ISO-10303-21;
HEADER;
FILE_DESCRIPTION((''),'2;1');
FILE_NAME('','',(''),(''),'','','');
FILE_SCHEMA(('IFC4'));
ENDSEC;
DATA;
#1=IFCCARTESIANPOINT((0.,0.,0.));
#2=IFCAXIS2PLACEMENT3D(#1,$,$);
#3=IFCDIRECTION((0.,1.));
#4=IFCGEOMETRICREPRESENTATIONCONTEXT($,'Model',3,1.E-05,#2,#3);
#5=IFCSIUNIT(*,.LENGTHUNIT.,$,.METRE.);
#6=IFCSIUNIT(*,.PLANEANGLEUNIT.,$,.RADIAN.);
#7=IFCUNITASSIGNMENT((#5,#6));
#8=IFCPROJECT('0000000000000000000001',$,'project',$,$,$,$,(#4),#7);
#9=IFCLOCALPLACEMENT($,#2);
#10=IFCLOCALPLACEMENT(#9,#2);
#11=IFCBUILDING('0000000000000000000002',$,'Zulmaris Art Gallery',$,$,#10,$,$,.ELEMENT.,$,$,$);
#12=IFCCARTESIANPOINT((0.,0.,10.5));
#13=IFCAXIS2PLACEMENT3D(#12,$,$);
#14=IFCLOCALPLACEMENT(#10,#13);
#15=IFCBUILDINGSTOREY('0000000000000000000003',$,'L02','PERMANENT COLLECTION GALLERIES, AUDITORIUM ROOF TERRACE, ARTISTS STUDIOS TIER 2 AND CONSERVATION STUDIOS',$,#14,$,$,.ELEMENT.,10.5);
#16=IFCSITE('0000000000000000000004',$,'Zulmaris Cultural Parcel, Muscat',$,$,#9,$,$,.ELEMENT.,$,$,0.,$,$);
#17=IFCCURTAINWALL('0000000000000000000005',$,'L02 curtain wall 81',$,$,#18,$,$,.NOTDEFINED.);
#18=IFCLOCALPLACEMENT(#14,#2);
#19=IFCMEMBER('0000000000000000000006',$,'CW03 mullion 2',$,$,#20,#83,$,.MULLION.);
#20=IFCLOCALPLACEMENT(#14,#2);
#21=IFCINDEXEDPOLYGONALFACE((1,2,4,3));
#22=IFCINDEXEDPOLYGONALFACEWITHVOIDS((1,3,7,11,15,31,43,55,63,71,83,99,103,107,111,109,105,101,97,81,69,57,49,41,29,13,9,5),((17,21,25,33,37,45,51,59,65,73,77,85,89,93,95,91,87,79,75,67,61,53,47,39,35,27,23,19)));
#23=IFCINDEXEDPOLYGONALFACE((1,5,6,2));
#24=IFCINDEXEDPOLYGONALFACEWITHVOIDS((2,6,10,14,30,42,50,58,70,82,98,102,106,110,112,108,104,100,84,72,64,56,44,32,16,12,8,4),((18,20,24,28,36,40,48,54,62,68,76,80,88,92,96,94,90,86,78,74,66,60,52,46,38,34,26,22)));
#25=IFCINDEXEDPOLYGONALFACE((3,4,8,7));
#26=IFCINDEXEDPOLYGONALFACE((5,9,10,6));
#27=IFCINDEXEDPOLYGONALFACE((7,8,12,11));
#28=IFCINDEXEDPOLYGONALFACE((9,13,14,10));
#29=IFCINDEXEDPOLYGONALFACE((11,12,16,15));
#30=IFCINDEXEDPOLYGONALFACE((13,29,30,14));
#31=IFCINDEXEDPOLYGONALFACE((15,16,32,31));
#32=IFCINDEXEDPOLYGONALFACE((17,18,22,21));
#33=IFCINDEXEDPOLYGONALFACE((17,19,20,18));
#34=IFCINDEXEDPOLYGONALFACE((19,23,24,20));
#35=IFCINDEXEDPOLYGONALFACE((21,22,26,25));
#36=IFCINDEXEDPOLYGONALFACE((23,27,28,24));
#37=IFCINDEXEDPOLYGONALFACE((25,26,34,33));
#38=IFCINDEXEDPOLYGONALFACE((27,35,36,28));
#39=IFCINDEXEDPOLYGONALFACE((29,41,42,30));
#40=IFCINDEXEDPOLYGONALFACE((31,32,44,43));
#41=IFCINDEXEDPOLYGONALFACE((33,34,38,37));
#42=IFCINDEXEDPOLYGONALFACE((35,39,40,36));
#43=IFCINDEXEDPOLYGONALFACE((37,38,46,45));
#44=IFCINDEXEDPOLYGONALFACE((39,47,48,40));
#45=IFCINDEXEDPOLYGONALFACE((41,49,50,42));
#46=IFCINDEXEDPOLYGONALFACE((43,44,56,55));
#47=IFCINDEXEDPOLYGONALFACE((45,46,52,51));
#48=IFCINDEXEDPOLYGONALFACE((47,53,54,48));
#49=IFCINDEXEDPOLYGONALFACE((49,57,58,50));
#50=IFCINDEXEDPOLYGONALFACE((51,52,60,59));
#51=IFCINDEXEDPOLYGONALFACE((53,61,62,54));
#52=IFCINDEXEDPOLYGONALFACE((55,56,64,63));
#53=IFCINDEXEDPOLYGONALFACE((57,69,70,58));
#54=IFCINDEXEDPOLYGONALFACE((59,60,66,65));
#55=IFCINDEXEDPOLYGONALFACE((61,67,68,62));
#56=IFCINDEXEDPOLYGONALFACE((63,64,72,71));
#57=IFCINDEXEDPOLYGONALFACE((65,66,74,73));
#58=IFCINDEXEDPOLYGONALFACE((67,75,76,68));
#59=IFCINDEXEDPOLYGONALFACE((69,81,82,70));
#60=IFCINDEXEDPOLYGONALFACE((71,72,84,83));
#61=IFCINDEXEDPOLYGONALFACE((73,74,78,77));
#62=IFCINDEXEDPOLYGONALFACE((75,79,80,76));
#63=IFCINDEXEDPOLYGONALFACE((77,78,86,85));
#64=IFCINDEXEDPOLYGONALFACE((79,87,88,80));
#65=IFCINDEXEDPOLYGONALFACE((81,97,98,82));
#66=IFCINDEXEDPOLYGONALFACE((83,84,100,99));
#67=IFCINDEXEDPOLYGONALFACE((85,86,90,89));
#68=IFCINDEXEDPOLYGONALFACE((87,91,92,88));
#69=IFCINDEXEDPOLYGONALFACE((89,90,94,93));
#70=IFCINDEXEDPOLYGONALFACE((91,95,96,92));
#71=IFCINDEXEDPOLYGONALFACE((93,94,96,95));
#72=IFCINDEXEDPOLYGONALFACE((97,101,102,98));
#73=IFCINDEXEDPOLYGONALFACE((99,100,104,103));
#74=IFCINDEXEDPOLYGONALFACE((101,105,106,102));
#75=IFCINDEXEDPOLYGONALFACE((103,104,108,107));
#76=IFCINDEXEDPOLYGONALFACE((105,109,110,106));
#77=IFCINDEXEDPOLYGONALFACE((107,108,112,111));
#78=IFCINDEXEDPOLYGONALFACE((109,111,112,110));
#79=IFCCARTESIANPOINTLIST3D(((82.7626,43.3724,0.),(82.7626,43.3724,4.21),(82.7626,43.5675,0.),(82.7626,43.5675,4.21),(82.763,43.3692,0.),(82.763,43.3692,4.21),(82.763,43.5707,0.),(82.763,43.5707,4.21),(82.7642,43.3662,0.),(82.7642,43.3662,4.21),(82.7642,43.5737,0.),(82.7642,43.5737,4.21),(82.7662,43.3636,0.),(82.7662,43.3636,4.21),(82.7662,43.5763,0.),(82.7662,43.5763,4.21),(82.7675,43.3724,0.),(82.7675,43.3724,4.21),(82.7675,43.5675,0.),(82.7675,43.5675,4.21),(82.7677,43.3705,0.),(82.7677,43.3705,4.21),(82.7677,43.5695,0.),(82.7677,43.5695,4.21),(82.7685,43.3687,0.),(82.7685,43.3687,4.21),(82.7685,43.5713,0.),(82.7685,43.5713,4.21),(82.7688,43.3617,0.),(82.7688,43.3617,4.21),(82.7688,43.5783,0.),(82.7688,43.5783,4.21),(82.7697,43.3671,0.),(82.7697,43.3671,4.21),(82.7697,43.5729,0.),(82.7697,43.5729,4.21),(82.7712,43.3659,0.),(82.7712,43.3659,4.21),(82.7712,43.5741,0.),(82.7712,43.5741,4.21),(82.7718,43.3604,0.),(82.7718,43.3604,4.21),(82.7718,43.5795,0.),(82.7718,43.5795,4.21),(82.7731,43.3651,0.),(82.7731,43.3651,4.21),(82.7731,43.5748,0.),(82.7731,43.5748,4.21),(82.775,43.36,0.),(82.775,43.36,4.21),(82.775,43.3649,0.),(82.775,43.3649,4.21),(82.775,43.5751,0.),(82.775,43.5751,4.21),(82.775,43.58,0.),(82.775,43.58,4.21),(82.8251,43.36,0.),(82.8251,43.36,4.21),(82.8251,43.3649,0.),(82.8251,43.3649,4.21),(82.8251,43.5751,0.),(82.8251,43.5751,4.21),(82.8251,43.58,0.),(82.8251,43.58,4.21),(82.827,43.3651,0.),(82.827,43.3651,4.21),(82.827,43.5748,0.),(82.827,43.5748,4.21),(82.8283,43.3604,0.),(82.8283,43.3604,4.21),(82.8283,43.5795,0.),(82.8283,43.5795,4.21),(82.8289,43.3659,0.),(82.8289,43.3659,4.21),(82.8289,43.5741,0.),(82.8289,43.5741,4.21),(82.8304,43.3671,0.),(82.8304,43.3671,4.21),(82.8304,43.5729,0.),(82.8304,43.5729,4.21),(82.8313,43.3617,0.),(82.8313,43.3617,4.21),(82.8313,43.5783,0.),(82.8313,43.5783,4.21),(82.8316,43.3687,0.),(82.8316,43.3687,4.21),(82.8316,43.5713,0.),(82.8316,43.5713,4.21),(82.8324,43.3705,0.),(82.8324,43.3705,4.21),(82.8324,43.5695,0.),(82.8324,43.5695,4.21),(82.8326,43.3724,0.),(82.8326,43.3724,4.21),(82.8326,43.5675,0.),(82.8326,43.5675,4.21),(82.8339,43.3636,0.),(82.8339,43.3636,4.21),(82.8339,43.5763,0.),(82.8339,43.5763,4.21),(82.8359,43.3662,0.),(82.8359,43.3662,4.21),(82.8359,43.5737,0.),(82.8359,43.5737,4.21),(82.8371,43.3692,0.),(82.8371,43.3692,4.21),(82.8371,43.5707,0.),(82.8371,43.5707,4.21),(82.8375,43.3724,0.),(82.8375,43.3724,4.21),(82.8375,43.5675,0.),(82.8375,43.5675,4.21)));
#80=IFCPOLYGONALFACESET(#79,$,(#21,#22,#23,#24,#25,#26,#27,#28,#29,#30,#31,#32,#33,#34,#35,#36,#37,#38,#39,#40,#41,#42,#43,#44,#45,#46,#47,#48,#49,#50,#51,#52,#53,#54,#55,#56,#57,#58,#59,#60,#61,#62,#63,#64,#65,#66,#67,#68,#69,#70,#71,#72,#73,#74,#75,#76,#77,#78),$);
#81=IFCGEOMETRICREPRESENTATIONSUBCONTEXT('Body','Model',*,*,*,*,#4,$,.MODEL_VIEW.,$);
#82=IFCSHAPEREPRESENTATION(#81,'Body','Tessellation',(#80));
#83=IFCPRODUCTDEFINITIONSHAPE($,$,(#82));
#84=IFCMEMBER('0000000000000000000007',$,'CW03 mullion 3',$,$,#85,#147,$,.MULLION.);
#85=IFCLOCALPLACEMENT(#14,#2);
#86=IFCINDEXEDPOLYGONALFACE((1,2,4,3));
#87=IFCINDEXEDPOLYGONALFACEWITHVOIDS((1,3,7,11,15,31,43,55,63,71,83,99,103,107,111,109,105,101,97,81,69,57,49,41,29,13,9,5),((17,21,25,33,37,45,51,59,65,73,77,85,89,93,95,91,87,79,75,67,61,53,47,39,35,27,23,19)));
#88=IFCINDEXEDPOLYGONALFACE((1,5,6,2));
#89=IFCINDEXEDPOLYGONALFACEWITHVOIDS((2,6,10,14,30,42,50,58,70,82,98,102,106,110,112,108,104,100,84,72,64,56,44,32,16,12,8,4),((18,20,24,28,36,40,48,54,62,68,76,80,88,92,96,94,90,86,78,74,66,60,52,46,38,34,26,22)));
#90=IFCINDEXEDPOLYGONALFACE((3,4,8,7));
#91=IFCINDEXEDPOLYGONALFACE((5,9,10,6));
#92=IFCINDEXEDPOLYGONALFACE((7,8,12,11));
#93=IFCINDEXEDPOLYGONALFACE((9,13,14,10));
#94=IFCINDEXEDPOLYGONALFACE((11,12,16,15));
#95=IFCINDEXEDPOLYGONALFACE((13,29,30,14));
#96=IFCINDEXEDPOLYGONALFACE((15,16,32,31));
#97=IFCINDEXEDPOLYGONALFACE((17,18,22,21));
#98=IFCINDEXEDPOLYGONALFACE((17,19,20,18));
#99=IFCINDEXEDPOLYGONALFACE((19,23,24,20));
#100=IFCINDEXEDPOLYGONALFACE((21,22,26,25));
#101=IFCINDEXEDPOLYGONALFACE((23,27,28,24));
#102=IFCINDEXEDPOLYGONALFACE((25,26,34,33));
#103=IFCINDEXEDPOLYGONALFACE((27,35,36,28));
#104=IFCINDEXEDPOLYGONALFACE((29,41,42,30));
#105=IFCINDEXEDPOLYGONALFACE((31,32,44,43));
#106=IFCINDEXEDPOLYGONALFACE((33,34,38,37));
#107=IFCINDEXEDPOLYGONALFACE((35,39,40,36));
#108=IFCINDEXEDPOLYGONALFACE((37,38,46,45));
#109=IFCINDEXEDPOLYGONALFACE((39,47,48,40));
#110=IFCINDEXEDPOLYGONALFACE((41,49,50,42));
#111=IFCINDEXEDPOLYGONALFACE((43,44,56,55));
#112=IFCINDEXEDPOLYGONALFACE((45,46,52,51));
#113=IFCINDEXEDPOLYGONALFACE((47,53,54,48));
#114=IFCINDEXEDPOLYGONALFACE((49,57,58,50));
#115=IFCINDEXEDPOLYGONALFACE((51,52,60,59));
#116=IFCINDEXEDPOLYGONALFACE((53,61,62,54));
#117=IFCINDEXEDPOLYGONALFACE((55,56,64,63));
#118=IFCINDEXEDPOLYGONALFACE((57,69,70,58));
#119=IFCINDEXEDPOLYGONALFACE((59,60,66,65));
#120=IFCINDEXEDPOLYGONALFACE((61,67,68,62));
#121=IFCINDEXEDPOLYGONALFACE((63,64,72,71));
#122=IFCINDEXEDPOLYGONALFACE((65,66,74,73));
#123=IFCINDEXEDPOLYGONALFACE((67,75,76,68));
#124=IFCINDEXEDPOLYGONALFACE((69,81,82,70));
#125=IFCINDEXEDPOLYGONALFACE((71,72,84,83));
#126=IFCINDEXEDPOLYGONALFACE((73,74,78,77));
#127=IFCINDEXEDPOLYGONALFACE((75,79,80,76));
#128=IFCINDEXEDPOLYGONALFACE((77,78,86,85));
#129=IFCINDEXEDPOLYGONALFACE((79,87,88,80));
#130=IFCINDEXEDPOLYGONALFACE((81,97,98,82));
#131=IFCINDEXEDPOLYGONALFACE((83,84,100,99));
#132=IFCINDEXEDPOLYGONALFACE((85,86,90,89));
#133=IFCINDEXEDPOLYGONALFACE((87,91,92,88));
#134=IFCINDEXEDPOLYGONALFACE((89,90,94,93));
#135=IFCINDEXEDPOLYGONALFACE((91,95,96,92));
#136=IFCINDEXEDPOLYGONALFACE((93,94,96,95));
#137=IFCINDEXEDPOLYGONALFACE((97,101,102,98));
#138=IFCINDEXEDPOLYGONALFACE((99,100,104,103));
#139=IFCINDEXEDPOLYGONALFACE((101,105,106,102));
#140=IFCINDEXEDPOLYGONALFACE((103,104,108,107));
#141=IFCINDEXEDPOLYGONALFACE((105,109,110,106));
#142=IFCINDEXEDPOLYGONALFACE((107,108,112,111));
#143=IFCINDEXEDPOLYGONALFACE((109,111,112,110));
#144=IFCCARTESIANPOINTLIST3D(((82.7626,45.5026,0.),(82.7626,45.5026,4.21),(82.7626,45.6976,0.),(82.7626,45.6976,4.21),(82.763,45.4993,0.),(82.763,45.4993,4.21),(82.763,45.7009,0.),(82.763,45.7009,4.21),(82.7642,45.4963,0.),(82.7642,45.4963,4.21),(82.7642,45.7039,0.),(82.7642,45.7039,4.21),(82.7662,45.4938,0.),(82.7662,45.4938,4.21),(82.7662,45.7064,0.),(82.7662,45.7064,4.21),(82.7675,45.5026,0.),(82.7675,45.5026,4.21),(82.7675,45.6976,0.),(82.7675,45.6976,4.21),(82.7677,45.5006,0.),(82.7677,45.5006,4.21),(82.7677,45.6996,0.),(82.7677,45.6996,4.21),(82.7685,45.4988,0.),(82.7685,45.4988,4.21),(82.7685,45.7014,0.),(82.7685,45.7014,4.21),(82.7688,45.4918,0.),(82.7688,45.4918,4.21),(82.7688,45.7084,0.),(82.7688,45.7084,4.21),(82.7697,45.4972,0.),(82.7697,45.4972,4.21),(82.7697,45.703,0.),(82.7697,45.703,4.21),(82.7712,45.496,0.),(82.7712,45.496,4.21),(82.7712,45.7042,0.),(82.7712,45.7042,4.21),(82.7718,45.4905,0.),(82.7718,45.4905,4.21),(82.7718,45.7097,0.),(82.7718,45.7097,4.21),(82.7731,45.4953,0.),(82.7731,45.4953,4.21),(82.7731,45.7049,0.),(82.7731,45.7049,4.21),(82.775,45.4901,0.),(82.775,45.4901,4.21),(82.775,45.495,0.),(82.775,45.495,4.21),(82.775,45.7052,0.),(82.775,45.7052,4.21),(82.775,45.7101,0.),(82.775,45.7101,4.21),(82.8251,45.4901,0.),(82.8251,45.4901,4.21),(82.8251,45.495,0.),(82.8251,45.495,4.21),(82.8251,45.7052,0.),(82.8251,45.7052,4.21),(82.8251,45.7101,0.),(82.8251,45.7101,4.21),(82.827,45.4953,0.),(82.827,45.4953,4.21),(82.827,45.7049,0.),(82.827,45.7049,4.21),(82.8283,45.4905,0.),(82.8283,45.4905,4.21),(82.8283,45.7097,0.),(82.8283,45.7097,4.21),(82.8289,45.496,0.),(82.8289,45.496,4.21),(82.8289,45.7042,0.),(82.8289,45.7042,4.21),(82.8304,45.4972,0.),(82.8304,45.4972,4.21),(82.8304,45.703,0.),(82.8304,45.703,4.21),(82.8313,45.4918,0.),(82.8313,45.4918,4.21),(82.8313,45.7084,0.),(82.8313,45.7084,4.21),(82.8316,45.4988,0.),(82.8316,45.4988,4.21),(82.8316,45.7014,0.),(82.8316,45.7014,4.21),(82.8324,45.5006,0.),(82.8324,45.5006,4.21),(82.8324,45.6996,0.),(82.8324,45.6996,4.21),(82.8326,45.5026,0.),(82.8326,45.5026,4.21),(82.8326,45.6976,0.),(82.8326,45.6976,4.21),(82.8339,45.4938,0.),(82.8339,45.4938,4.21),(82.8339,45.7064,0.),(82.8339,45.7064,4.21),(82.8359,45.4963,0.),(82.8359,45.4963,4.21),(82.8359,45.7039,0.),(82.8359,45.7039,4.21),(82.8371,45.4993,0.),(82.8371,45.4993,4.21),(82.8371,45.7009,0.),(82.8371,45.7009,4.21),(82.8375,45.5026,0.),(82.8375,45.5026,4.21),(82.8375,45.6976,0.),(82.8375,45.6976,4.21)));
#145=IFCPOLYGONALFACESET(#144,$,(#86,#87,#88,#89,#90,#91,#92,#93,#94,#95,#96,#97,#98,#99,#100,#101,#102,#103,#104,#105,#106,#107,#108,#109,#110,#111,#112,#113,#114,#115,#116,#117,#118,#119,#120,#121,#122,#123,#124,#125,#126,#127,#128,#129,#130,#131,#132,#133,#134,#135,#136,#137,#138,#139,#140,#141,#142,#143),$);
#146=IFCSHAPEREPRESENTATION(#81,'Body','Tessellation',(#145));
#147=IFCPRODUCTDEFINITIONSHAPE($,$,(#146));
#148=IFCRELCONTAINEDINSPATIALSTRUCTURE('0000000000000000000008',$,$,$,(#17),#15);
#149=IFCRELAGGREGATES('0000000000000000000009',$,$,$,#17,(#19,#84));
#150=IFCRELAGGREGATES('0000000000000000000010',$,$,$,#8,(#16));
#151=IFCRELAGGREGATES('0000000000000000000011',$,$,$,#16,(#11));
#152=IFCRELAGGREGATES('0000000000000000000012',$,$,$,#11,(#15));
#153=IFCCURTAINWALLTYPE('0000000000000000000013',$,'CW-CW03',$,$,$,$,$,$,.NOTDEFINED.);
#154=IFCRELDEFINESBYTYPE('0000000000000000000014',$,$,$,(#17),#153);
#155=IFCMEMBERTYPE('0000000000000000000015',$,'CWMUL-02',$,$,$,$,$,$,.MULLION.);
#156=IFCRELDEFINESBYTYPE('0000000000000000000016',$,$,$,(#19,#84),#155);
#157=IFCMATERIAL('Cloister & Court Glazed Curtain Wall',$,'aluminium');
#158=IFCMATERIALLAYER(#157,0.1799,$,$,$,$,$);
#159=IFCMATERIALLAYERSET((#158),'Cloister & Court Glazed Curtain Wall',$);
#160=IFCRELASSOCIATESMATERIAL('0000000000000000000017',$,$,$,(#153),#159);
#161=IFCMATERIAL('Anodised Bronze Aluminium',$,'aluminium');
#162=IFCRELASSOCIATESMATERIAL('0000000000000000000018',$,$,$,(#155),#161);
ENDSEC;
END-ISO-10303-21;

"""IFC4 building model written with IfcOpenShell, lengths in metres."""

from ifc_helpers import new_model, si_unit, direction, frame, origin, origin_2d, place, context, subcontext, project, spatial, hollow_rectangle, extrude, material, layer, layer_set, material_profile, profile_set, type_object, element, aggregate, save


model = new_model("IFC4")

# Units and contexts
model_context = context("Model", 3, precision=1e-05, world=origin(), true_north=direction((0.0, 1.0)))
body_context = subcontext(model_context, "Body", "Model", "MODEL_VIEW")
ifc_project = project(units=[si_unit("LENGTHUNIT", "METRE"), si_unit("PLANEANGLEUNIT", "RADIAN")], contexts=[model_context])

# Site, building, storey
site_placement = place(None, origin())
site = spatial("IfcSite", under=ifc_project, at=site_placement, Name="Zulmaris Cultural Parcel, Muscat", CompositionType="ELEMENT", RefElevation=0.0)
building_placement = place(site_placement, origin())
building = spatial("IfcBuilding", under=site, at=building_placement, Name="Zulmaris Art Gallery", CompositionType="ELEMENT")
storey_placement = place(building_placement, frame((0.0, 0.0, 10.5)))
storey = spatial("IfcBuildingStorey", under=building, at=storey_placement, Name="L02", Description="PERMANENT COLLECTION GALLERIES, AUDITORIUM ROOF TERRACE, ARTISTS STUDIOS TIER 2 AND CONSERVATION STUDIOS", CompositionType="ELEMENT", Elevation=10.5)

# Curtain wall, members
ifc_material_1 = material(Name="Cloister & Court Glazed Curtain Wall", Category="aluminium")
ifc_layer_1 = layer(ifc_material_1, 0.1799)
ifc_layer_set_1 = layer_set([ifc_layer_1], Name="Cloister & Court Glazed Curtain Wall")
curtain_wall_type = type_object("IfcCurtainWallType", Name="CW-CW03", PredefinedType="NOTDEFINED", material=ifc_layer_set_1)
curtain_wall_1_placement = place(storey_placement, origin())
curtain_wall_1 = element("IfcCurtainWall", 1, at=curtain_wall_1_placement, inside=storey, type_object=curtain_wall_type, Name="L02 curtain wall 81", PredefinedType="NOTDEFINED")
ifc_material_2 = material(Name="Anodised Bronze Aluminium", Category="aluminium")
ifc_material_profile_1 = material_profile(ifc_material_2, hollow_rectangle(XDim=0.075, YDim=0.22, WallThickness=0.0049, InnerFilletRadius=0.0076, OuterFilletRadius=0.0125, at=origin_2d()), Name="ALU 75x220x5")
ifc_profile_set_1 = profile_set([ifc_material_profile_1], Name="Anodised Bronze Aluminium")
member_type_1 = type_object("IfcMemberType", Name="CWMUL-02", PredefinedType="MULLION", material=ifc_profile_set_1)
member_1_placement = place(storey_placement, frame((82.8, 43.47, 0.0), z_axis=(0.0, 0.0, 1.0), x_axis=(-1.0, 0.0, 0.0)))
member_1 = element("IfcMember", 2, at=member_1_placement, type_object=member_type_1, Name="CW03 mullion 2", PredefinedType="MULLION", context=body_context, shape_type="SweptSolid", body=[
    extrude(hollow_rectangle(XDim=0.075, YDim=0.22, WallThickness=0.0049, InnerFilletRadius=0.0076, OuterFilletRadius=0.0125, at=origin_2d()), origin(), (0.0, 0.0, 1.0), 4.21),
])
member_2_placement = place(storey_placement, frame((82.8, 45.6001, 0.0), z_axis=(0.0, 0.0, 1.0), x_axis=(-1.0, 0.0, 0.0)))
member_2 = element("IfcMember", 3, at=member_2_placement, type_object=member_type_1, Name="CW03 mullion 3", PredefinedType="MULLION", context=body_context, shape_type="SweptSolid", body=[
    extrude(hollow_rectangle(XDim=0.075, YDim=0.22, WallThickness=0.0049, InnerFilletRadius=0.0076, OuterFilletRadius=0.0125, at=origin_2d()), origin(), (0.0, 0.0, 1.0), 4.21),
])

aggregate(curtain_wall_1, [member_1, member_2])

save(model, "model.ifc")
